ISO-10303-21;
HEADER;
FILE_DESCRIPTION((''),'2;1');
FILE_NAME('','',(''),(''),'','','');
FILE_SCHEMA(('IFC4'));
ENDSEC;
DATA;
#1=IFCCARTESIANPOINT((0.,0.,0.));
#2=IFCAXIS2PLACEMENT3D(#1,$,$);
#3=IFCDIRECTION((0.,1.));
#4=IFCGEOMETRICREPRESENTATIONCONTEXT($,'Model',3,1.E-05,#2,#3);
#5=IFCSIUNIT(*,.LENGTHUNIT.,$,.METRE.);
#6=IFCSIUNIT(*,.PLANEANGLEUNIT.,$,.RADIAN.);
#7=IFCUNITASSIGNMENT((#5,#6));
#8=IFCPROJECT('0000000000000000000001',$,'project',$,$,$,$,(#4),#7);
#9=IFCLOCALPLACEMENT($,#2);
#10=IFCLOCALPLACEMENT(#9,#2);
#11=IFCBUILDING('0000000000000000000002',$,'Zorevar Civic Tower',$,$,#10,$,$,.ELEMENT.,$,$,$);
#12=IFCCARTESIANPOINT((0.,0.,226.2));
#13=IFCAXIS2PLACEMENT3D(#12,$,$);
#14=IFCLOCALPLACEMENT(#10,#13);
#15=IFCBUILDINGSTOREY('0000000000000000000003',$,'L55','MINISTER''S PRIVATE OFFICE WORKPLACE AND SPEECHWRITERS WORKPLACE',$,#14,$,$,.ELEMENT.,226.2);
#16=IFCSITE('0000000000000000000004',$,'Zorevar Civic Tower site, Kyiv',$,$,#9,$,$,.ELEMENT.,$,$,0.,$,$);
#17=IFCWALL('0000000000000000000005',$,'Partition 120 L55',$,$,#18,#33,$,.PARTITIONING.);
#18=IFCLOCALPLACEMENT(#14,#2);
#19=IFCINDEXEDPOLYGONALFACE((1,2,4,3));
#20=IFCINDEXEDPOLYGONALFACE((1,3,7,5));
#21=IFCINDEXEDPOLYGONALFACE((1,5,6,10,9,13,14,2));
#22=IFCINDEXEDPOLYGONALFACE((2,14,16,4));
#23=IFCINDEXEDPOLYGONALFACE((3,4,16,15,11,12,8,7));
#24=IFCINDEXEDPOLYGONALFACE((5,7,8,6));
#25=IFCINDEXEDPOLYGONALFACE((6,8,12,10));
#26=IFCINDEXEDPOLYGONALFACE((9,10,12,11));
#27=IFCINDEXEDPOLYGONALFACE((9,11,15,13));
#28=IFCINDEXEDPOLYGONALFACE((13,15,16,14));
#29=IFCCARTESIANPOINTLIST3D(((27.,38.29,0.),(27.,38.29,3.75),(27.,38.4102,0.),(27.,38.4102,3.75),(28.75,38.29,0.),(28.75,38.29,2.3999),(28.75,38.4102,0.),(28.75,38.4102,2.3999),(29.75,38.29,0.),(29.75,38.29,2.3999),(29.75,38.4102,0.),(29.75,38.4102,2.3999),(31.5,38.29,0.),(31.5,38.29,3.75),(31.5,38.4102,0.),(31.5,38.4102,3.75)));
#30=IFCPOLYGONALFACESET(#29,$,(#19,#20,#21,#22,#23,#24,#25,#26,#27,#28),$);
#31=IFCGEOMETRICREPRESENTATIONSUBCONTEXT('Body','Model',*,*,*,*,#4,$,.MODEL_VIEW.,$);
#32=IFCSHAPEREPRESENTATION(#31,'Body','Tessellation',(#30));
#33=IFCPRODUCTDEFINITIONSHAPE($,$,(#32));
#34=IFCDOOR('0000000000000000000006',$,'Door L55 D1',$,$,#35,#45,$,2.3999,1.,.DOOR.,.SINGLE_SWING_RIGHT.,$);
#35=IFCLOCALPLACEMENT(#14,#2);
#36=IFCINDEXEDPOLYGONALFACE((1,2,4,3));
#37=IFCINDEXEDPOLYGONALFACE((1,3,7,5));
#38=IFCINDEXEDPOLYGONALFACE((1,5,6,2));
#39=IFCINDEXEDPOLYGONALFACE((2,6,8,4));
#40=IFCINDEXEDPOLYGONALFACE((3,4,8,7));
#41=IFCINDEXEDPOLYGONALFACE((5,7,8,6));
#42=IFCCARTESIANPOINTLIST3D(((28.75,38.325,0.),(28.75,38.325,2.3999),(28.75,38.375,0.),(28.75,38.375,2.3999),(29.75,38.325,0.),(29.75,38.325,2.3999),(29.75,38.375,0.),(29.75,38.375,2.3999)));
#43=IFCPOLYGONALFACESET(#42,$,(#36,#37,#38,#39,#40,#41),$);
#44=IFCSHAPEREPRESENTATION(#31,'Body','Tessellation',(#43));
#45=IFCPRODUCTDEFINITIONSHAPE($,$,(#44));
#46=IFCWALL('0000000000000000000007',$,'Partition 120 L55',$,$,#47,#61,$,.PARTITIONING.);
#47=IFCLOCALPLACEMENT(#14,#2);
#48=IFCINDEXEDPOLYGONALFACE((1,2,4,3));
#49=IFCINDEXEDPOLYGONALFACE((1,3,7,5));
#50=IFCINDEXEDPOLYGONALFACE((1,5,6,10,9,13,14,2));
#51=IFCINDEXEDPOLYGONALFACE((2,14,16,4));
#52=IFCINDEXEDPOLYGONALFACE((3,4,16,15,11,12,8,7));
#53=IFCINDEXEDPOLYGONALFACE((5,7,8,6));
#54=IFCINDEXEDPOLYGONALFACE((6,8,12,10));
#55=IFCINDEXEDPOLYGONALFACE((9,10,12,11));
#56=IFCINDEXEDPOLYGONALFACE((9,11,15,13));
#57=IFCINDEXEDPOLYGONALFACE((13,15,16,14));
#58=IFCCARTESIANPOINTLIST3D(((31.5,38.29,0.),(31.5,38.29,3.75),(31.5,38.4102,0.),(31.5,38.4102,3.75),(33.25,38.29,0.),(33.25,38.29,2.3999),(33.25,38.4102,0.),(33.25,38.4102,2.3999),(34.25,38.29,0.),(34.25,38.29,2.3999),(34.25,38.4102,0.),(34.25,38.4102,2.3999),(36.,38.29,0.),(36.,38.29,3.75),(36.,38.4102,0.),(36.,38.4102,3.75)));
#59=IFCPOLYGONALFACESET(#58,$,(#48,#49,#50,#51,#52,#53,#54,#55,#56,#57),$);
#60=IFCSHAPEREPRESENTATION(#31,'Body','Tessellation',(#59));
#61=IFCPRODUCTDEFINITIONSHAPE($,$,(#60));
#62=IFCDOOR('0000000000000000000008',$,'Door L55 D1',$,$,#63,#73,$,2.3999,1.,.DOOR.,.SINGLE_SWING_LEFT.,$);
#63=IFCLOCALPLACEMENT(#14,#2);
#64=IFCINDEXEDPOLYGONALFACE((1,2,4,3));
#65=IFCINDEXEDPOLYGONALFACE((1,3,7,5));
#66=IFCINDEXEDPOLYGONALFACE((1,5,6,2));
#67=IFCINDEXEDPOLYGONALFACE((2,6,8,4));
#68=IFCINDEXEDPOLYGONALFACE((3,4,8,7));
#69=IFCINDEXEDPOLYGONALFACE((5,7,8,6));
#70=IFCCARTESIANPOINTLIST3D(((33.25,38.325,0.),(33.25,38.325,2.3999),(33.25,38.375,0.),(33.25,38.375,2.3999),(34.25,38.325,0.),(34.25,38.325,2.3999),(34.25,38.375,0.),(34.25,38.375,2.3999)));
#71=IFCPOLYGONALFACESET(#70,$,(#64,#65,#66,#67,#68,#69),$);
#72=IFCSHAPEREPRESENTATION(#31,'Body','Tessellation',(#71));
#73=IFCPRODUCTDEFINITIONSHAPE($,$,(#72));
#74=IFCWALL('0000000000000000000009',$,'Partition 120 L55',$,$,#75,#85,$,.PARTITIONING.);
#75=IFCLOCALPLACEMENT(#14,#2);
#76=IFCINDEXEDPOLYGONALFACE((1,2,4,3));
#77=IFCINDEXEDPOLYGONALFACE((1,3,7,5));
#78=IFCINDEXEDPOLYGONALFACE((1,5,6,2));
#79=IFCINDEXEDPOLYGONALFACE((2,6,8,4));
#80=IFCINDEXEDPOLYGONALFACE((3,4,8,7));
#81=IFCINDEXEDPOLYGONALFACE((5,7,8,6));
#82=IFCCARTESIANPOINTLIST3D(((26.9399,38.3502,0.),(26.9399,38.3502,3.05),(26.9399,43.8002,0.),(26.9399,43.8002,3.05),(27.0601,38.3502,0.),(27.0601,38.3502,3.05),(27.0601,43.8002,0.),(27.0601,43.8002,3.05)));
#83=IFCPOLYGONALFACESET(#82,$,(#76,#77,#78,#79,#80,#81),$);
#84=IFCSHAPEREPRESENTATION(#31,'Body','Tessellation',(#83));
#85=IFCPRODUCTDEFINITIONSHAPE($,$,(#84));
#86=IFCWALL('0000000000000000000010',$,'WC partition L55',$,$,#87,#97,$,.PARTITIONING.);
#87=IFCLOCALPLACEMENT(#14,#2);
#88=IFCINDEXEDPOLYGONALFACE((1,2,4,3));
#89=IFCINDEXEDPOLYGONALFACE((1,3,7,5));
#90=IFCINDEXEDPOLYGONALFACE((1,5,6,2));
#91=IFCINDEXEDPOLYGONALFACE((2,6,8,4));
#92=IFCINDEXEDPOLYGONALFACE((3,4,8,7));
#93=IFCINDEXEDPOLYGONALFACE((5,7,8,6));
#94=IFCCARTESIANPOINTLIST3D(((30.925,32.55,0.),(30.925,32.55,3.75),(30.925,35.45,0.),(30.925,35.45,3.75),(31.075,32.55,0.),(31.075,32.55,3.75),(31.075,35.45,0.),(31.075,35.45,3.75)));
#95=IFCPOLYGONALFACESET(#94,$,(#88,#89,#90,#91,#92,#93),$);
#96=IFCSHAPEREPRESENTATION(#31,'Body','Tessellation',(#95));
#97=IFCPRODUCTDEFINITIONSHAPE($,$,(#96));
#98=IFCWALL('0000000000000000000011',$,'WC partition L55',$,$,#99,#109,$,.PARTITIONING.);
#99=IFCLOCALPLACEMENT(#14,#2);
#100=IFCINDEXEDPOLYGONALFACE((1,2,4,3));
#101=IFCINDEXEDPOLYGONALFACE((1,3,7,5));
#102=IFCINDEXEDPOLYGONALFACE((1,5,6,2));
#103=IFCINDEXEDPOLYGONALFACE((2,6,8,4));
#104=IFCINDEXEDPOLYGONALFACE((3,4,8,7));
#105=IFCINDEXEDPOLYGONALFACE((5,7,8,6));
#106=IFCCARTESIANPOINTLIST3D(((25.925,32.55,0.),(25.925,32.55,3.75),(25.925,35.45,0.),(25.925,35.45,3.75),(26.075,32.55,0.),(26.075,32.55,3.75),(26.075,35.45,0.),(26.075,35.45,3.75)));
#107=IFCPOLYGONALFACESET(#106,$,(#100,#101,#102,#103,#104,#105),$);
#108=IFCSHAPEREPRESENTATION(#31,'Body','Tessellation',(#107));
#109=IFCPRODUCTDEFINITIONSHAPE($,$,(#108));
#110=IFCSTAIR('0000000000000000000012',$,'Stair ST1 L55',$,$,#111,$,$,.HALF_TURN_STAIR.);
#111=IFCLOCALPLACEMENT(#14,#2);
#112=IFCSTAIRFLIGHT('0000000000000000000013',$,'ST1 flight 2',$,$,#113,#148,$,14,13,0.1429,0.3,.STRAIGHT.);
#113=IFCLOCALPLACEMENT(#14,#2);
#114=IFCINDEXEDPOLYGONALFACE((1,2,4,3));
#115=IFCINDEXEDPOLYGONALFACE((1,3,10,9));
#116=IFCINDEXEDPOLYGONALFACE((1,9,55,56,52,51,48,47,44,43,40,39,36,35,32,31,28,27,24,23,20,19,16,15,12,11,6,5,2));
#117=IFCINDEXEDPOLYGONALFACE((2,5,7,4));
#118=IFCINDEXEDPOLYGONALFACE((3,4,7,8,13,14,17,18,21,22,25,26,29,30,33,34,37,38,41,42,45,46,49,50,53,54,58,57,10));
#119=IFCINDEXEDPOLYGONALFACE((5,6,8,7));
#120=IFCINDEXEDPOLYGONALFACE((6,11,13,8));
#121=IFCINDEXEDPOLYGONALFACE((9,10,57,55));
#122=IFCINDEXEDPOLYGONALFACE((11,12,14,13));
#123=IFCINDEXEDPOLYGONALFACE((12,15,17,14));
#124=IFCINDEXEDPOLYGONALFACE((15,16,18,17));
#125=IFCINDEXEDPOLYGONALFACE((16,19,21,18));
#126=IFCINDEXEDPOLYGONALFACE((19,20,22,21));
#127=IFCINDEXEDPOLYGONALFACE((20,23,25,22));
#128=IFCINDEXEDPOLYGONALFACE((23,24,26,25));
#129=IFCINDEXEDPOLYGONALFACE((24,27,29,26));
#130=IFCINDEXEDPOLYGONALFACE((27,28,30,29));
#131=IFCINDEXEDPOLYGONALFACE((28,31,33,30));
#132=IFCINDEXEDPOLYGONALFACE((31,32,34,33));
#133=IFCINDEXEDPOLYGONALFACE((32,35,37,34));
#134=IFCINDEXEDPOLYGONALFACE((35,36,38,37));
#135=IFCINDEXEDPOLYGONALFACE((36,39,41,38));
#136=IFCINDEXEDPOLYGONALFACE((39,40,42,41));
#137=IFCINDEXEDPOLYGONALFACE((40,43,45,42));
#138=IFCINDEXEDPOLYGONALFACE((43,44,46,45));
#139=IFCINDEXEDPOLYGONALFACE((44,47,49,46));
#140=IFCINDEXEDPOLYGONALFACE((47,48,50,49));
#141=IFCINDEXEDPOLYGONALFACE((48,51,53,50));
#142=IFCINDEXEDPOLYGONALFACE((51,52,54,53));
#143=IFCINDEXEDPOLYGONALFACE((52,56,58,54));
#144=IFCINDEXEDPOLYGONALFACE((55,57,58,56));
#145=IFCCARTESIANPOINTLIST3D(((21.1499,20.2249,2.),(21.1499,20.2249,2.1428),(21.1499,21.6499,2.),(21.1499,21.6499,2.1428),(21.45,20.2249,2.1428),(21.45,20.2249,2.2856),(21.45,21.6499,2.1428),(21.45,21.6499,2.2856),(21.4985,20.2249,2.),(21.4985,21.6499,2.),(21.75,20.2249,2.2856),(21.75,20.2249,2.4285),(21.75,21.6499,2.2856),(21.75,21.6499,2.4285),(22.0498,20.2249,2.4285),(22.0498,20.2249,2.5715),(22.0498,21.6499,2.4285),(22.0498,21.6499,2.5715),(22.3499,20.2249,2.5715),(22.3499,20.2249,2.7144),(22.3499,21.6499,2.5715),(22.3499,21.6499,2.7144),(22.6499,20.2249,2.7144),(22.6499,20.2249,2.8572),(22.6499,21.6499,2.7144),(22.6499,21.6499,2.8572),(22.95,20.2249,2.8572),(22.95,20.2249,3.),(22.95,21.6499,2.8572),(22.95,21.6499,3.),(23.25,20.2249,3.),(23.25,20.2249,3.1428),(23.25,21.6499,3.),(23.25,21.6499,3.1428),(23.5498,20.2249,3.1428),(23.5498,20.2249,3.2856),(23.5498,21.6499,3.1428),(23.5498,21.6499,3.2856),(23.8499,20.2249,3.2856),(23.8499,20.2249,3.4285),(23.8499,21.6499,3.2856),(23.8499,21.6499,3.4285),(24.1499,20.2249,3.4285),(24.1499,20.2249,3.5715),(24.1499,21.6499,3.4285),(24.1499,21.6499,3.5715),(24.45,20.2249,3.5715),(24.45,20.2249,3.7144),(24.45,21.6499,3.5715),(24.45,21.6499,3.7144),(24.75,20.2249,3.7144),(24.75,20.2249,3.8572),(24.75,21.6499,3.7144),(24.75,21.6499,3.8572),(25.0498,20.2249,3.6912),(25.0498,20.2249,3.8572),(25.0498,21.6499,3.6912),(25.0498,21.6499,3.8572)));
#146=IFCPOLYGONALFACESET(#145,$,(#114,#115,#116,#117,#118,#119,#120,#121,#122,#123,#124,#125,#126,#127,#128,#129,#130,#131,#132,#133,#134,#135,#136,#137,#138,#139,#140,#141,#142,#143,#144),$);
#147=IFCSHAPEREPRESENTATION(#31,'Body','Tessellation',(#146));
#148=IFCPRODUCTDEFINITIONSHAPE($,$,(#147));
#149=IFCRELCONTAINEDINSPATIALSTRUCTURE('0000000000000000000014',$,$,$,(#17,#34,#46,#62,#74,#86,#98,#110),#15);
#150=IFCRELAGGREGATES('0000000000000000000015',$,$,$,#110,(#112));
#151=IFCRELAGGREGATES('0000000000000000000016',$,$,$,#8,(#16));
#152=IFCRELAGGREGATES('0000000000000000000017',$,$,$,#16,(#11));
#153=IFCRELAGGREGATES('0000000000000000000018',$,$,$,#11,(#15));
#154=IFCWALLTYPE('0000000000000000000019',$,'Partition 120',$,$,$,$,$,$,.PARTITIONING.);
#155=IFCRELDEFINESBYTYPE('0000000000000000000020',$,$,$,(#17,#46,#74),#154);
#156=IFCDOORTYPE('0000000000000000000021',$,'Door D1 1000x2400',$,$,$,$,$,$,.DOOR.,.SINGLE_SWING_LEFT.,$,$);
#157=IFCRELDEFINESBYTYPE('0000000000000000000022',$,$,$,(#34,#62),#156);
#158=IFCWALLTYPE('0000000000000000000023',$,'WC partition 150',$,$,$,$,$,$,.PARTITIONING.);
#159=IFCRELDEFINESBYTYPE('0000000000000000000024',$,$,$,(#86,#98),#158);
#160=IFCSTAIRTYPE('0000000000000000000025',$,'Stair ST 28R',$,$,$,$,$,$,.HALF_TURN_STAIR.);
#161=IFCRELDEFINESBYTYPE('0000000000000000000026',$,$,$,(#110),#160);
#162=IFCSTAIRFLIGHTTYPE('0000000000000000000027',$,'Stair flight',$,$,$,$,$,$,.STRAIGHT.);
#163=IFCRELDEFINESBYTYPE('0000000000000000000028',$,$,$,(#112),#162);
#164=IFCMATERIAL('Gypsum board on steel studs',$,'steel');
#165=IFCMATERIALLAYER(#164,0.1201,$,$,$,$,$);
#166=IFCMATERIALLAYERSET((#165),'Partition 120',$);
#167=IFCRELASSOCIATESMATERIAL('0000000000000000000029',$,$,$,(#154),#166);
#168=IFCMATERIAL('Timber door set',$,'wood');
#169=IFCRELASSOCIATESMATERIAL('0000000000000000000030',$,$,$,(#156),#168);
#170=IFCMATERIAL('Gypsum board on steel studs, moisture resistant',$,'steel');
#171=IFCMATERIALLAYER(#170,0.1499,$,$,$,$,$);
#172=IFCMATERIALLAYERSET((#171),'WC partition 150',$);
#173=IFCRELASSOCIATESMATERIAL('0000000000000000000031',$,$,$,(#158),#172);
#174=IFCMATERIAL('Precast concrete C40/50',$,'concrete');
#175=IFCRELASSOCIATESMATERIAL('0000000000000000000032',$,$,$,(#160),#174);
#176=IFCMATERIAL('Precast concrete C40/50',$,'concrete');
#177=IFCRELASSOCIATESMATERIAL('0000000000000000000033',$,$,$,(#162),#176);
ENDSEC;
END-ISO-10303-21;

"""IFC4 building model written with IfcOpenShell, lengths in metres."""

from ifc_helpers import new_model, si_unit, direction, frame, frame_2d, origin, place, context, subcontext, project, spatial, polyline, rectangle, outline, extrude, material, layer, layer_set, type_object, element, fill, aggregate, save


model = new_model("IFC4")

# Units and contexts
model_context = context("Model", 3, precision=1e-05, world=origin(), true_north=direction((0.0, 1.0)))
body_context = subcontext(model_context, "Body", "Model", "MODEL_VIEW")
ifc_project = project(units=[si_unit("LENGTHUNIT", "METRE"), si_unit("PLANEANGLEUNIT", "RADIAN")], contexts=[model_context])

# Site, building, storey
site_placement = place(None, origin())
site = spatial("IfcSite", under=ifc_project, at=site_placement, Name="Zorevar Civic Tower site, Kyiv", CompositionType="ELEMENT", RefElevation=0.0)
building_placement = place(site_placement, origin())
building = spatial("IfcBuilding", under=site, at=building_placement, Name="Zorevar Civic Tower", CompositionType="ELEMENT")
storey_placement = place(building_placement, frame((0.0, 0.0, 226.2)))
storey = spatial("IfcBuildingStorey", under=building, at=storey_placement, Name="L55", Description="MINISTER'S PRIVATE OFFICE WORKPLACE AND SPEECHWRITERS WORKPLACE", CompositionType="ELEMENT", Elevation=226.2)

# Walls, openings, doors
ifc_material_1 = material(Name="Gypsum board on steel studs", Category="steel")
ifc_layer_1 = layer(ifc_material_1, 0.1201)
ifc_layer_set_1 = layer_set([ifc_layer_1], Name="Partition 120")
wall_type_1 = type_object("IfcWallType", Name="Partition 120", PredefinedType="PARTITIONING", material=ifc_layer_set_1)
wall_1_placement = place(storey_placement, frame((27.0, 38.3501, 0.0), z_axis=(0.0, 0.0, 1.0), x_axis=(1.0, 0.0, 0.0)))
wall_1 = element("IfcWall", 1, at=wall_1_placement, inside=storey, type_object=wall_type_1, Name="Partition 120 L55", PredefinedType="PARTITIONING", context=body_context, shape_type="SweptSolid", body=[
    extrude(rectangle(XDim=4.5, YDim=0.1201, at=frame_2d((2.25, 0.0))), origin(), (0.0, 0.0, 1.0), 3.75),
])
opening_1_placement = place(wall_1_placement, frame((1.75, 0.0, 0.0)))
opening_1 = element("IfcOpeningElement", 2, at=opening_1_placement, cuts=wall_1, PredefinedType="OPENING", context=body_context, shape_type="SweptSolid", body=[
    extrude(rectangle(XDim=1.0, YDim=2.3999, at=frame_2d((0.5, 1.2))), frame((0.0, 0.0701, 0.0), z_axis=(0.0, -1.0, 0.0), x_axis=(1.0, 0.0, 0.0)), (0.0, 0.0, 1.0), 0.1401),
])
ifc_material_2 = material(Name="Timber door set", Category="wood")
door_type_1 = type_object("IfcDoorType", Name="Door D1 1000x2400", OperationType="SINGLE_SWING_LEFT", PredefinedType="DOOR", material=ifc_material_2)
door_1_placement = place(opening_1_placement, origin())
door_1 = element("IfcDoor", 3, at=door_1_placement, inside=storey, type_object=door_type_1, Name="Door L55 D1", OperationType="SINGLE_SWING_RIGHT", OverallHeight=2.3999, OverallWidth=1.0, PredefinedType="DOOR", context=body_context, shape_type="SweptSolid", body=[
    extrude(rectangle(XDim=1.0, YDim=2.3999, at=frame_2d((0.5, 1.2))), frame((0.0, 0.0249, 0.0), z_axis=(0.0, -1.0, 0.0), x_axis=(1.0, 0.0, 0.0)), (0.0, 0.0, 1.0), 0.05),
])
fill(opening_1, door_1)
wall_2_placement = place(storey_placement, frame((31.5, 38.3501, 0.0), z_axis=(0.0, 0.0, 1.0), x_axis=(1.0, 0.0, 0.0)))
wall_2 = element("IfcWall", 4, at=wall_2_placement, inside=storey, type_object=wall_type_1, Name="Partition 120 L55", PredefinedType="PARTITIONING", context=body_context, shape_type="SweptSolid", body=[
    extrude(rectangle(XDim=4.5, YDim=0.1201, at=frame_2d((2.25, 0.0))), origin(), (0.0, 0.0, 1.0), 3.75),
])
opening_2_placement = place(wall_2_placement, frame((1.75, 0.0, 0.0)))
opening_2 = element("IfcOpeningElement", 5, at=opening_2_placement, cuts=wall_2, PredefinedType="OPENING", context=body_context, shape_type="SweptSolid", body=[
    extrude(rectangle(XDim=1.0, YDim=2.3999, at=frame_2d((0.5, 1.2))), frame((0.0, 0.0701, 0.0), z_axis=(0.0, -1.0, 0.0), x_axis=(1.0, 0.0, 0.0)), (0.0, 0.0, 1.0), 0.1401),
])
door_2_placement = place(opening_2_placement, origin())
door_2 = element("IfcDoor", 6, at=door_2_placement, inside=storey, type_object=door_type_1, Name="Door L55 D1", OperationType="SINGLE_SWING_LEFT", OverallHeight=2.3999, OverallWidth=1.0, PredefinedType="DOOR", context=body_context, shape_type="SweptSolid", body=[
    extrude(rectangle(XDim=1.0, YDim=2.3999, at=frame_2d((0.5, 1.2))), frame((0.0, 0.0249, 0.0), z_axis=(0.0, -1.0, 0.0), x_axis=(1.0, 0.0, 0.0)), (0.0, 0.0, 1.0), 0.05),
])
fill(opening_2, door_2)

# Walls
wall_3_placement = place(storey_placement, frame((27.0, 38.3501, 0.0), z_axis=(0.0, 0.0, 1.0), x_axis=(0.0, 1.0, 0.0)))
element("IfcWall", 7, at=wall_3_placement, inside=storey, type_object=wall_type_1, Name="Partition 120 L55", PredefinedType="PARTITIONING", context=body_context, shape_type="SweptSolid", body=[
    extrude(rectangle(XDim=5.45, YDim=0.1201, at=frame_2d((2.7251, 0.0))), origin(), (0.0, 0.0, 1.0), 3.05),
])
ifc_material_3 = material(Name="Gypsum board on steel studs, moisture resistant", Category="steel")
ifc_layer_2 = layer(ifc_material_3, 0.1499)
ifc_layer_set_2 = layer_set([ifc_layer_2], Name="WC partition 150")
wall_type_2 = type_object("IfcWallType", Name="WC partition 150", PredefinedType="PARTITIONING", material=ifc_layer_set_2)
for number, where, z_axis, x_axis, name in (
    (8, (31.0, 32.55, 0.0), (0.0, 0.0, 1.0), (0.0, 1.0, 0.0), "WC partition L55"),
    (9, (26.0, 32.55, 0.0), (0.0, 0.0, 1.0), (0.0, 1.0, 0.0), "WC partition L55"),
):
    element("IfcWall", number, at=place(storey_placement, frame(where, z_axis=z_axis, x_axis=x_axis)), inside=storey, type_object=wall_type_2, Name=name, PredefinedType="PARTITIONING", context=body_context, shape_type="SweptSolid", body=[
        extrude(rectangle(XDim=2.8999, YDim=0.1499, at=frame_2d((1.45, 0.0))), origin(), (0.0, 0.0, 1.0), 3.75),
    ])

# Stair, stair flight
ifc_material_4 = material(Name="Precast concrete C40/50", Category="concrete")
stair_type = type_object("IfcStairType", Name="Stair ST 28R", PredefinedType="HALF_TURN_STAIR", material=ifc_material_4)
stair_1_placement = place(storey_placement, origin())
stair_1 = element("IfcStair", 10, at=stair_1_placement, inside=storey, type_object=stair_type, Name="Stair ST1 L55", PredefinedType="HALF_TURN_STAIR")
ifc_material_5 = material(Name="Precast concrete C40/50", Category="concrete")
stair_flight_type = type_object("IfcStairFlightType", Name="Stair flight", PredefinedType="STRAIGHT", material=ifc_material_5)
stair_flight_1_placement = place(storey_placement, frame((21.1499, 20.9375, 2.0), z_axis=(0.0, 0.0, 1.0), x_axis=(1.0, 0.0, 0.0)))
stair_flight_1 = element("IfcStairFlight", 11, at=stair_flight_1_placement, type_object=stair_flight_type, Name="ST1 flight 2", NumberOfRisers=14, NumberOfTreads=13, PredefinedType="STRAIGHT", RiserHeight=0.1429, TreadLength=0.3, context=body_context, shape_type="SweptSolid", body=[
    extrude(outline(polyline([(0.0, 0.0), (0.0, 0.1428), (0.3, 0.1428), (0.3, 0.2856), (0.6001, 0.2856), (0.6001, 0.4285), (0.8999, 0.4285), (0.8999, 0.5715), (1.2, 0.5715), (1.2, 0.7144), (1.5, 0.7144), (1.5, 0.8572), (1.8, 0.8572), (1.8, 1.0), (2.1001, 1.0), (2.1001, 1.1428), (2.3999, 1.1428), (2.3999, 1.2856), (2.7, 1.2856), (2.7, 1.4285), (3.0, 1.4285), (3.0, 1.5715), (3.3, 1.5715), (3.3, 1.7144), (3.6001, 1.7144), (3.6001, 1.8572), (3.8999, 1.8572), (3.8999, 2.0), (3.8999, 1.6912), (0.3486, 0.0), (0.0, 0.0)])), frame((0.0, 0.7124, 0.0), z_axis=(0.0, -1.0, 0.0), x_axis=(1.0, 0.0, 0.0)), (0.0, 0.0, 1.0), 1.425),
])
aggregate(stair_1, [stair_flight_1])

save(model, "model.ifc")
